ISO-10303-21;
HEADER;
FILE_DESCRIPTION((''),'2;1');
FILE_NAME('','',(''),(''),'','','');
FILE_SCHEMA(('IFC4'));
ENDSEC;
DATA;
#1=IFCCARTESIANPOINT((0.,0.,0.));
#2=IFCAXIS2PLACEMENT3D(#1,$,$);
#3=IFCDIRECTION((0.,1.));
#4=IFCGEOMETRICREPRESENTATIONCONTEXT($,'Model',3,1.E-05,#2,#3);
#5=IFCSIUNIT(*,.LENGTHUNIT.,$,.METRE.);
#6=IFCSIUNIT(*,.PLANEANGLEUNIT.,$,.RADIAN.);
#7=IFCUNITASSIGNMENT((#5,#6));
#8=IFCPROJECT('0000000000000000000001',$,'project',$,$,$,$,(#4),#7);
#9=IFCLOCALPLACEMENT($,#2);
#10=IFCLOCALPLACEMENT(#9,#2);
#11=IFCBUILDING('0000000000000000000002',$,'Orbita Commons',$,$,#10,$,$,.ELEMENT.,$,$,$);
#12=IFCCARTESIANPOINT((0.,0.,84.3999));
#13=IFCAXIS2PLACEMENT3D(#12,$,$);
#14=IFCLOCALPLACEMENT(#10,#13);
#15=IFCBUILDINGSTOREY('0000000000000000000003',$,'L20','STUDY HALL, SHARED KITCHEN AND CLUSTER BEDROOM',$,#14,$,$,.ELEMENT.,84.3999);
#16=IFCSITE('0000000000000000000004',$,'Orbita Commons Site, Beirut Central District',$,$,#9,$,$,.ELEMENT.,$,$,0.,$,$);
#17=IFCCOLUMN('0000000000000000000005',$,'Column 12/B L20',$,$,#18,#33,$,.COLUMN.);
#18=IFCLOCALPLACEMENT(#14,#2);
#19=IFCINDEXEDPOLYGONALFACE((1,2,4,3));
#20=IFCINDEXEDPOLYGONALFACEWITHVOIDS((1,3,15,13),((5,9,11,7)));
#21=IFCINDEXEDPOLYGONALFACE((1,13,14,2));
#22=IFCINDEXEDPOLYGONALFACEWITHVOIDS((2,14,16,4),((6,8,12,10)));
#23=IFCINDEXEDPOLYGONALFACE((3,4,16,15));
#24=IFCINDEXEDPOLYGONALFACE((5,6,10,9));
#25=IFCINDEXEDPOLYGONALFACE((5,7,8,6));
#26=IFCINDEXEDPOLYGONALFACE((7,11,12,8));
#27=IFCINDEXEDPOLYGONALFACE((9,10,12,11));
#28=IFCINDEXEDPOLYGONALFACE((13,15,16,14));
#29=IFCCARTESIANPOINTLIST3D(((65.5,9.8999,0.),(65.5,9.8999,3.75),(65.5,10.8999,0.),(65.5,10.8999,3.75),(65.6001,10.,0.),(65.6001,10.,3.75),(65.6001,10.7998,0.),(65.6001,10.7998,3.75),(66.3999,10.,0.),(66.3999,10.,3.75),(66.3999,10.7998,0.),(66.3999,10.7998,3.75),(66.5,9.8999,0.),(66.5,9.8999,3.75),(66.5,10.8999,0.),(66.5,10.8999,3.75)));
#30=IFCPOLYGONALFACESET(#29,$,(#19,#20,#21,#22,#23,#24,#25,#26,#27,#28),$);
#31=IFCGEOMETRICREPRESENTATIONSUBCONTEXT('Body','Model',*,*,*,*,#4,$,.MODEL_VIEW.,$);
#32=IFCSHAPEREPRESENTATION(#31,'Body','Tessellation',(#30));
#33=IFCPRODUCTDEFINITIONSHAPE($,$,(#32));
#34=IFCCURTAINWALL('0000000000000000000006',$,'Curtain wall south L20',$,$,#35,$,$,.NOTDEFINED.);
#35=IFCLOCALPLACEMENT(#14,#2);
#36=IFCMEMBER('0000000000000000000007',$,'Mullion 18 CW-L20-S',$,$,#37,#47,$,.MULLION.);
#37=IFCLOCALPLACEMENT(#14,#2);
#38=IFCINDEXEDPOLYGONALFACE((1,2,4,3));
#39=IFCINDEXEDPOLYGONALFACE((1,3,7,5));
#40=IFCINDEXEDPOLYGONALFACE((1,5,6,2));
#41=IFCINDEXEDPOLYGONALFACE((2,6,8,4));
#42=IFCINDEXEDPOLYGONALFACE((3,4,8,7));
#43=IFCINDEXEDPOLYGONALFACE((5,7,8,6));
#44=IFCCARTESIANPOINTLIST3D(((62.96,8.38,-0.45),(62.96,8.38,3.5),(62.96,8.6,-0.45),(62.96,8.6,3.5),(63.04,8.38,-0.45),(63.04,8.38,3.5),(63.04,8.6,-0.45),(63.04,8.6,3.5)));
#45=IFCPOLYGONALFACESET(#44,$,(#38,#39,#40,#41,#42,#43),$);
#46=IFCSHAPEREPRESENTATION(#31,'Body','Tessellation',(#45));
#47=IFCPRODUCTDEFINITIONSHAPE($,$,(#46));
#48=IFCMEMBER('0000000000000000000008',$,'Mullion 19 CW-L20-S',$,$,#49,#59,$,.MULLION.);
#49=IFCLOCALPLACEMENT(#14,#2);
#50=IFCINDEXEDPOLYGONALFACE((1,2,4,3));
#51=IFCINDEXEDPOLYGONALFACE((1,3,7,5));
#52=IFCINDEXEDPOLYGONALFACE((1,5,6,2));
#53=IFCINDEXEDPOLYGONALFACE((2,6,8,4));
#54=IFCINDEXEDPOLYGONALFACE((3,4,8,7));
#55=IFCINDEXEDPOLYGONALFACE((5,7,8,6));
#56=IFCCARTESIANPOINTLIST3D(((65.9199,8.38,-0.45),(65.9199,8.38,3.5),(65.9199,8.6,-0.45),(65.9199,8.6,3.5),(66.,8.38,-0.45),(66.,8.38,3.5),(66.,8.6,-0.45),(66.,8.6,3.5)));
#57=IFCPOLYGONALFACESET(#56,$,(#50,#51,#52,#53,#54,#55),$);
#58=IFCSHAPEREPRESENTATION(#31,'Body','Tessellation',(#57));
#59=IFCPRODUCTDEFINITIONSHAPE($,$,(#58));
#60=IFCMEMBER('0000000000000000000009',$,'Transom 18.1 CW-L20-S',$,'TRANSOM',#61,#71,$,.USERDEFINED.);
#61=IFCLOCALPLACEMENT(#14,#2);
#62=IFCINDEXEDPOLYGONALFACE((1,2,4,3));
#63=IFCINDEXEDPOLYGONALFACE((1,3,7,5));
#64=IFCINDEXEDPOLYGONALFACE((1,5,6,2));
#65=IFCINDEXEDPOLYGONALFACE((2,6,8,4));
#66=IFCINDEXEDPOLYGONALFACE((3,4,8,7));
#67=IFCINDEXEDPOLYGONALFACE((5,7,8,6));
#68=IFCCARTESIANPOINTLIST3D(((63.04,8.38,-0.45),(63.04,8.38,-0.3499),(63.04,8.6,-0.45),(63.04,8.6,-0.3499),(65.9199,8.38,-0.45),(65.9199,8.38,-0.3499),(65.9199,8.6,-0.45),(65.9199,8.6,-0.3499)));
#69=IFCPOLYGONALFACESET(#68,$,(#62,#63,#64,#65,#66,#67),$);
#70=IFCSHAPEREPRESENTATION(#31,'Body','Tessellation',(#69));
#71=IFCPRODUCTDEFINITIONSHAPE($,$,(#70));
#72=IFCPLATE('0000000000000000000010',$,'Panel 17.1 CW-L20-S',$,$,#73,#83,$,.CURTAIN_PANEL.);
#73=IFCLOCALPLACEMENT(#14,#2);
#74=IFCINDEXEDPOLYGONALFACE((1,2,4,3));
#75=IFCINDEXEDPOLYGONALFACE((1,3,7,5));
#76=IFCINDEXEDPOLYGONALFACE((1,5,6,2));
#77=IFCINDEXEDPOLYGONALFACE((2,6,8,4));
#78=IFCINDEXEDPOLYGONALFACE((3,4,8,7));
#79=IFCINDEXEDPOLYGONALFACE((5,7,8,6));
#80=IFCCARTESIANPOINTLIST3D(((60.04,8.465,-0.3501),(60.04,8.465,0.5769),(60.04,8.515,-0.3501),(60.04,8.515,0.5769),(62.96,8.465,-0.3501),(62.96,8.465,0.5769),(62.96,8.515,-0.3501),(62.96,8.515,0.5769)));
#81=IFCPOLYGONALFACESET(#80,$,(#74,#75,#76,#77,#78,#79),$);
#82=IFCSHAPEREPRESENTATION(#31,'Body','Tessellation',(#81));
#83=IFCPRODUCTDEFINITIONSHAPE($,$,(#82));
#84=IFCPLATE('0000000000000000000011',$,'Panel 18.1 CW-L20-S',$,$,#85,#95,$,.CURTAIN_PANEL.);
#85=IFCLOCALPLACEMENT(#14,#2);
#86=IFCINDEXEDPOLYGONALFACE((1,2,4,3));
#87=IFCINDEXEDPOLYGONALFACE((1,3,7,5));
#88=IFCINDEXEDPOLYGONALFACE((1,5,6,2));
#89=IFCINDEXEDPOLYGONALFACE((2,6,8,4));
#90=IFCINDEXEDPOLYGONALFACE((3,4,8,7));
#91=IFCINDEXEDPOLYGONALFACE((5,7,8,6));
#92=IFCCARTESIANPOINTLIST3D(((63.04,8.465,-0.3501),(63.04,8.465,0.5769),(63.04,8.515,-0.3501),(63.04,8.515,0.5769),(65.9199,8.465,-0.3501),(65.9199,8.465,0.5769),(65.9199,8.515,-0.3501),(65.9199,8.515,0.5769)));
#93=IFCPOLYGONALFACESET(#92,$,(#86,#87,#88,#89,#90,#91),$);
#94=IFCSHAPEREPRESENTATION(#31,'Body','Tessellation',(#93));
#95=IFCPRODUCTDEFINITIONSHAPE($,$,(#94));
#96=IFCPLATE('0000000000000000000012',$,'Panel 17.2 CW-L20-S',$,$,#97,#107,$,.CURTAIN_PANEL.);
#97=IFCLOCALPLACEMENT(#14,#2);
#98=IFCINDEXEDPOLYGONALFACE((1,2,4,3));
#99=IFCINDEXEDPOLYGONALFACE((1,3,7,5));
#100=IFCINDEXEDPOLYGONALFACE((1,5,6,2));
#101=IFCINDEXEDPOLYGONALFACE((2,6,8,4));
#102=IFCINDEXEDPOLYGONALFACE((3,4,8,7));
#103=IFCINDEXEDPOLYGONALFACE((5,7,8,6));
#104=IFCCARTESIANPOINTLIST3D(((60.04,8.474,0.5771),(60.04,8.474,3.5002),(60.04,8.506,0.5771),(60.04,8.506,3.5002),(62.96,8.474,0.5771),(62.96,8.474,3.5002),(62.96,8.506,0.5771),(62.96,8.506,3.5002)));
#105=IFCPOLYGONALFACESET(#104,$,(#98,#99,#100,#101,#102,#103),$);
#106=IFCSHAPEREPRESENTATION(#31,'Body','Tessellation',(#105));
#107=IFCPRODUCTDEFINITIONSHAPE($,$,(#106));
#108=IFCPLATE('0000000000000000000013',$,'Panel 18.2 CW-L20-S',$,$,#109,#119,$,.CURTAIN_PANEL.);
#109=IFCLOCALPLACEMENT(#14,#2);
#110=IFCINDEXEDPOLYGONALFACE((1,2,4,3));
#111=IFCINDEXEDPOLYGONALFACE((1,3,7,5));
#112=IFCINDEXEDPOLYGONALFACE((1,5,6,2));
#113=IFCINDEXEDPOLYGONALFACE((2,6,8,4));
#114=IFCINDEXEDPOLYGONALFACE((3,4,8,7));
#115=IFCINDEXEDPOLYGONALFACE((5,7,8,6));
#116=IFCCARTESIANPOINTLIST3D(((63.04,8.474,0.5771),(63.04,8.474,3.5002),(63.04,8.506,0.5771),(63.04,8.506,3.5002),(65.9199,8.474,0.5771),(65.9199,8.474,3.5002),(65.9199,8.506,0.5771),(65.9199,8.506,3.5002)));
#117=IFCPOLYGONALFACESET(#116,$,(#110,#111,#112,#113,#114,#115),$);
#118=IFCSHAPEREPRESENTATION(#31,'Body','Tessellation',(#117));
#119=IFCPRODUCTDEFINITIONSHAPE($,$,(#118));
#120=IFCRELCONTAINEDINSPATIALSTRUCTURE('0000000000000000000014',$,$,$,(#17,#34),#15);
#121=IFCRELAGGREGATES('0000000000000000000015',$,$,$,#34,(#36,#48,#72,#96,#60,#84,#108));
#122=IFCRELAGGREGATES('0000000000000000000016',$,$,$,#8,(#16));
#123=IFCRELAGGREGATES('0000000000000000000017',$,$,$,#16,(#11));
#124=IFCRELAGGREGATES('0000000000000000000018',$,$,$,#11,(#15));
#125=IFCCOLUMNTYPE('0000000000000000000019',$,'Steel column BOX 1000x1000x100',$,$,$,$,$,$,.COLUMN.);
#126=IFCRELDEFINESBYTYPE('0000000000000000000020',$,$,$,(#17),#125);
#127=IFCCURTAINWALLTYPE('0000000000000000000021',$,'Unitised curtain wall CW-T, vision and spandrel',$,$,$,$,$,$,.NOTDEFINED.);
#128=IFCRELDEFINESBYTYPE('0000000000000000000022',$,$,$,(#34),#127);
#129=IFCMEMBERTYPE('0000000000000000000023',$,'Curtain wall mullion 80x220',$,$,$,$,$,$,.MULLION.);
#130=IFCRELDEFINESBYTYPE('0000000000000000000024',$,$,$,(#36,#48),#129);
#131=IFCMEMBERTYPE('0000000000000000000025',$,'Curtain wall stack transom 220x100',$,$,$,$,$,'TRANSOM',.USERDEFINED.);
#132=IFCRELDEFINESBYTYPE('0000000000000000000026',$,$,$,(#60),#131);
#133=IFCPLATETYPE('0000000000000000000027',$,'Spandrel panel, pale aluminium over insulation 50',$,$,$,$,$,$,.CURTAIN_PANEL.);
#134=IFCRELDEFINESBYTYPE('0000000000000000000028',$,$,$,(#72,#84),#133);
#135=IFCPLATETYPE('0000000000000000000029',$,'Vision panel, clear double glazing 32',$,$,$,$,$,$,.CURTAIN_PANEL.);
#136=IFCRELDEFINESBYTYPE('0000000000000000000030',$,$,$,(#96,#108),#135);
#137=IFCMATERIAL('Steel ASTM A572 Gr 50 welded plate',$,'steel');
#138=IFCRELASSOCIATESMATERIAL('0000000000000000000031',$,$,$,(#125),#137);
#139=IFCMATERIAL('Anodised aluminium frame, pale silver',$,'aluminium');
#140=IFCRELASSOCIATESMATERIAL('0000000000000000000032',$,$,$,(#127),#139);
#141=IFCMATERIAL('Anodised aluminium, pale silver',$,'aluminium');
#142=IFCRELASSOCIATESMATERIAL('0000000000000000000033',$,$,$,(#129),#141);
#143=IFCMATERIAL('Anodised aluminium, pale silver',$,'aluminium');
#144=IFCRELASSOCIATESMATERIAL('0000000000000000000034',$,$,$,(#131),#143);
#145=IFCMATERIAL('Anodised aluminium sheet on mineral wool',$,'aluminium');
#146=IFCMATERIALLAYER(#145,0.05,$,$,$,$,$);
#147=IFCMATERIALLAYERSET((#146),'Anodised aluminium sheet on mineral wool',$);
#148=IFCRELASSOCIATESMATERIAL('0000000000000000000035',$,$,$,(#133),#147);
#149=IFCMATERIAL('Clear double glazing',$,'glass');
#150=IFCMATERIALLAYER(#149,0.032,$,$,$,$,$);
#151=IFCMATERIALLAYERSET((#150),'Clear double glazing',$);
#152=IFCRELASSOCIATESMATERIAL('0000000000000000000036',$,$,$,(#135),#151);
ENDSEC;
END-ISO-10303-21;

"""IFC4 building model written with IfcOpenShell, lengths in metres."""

from ifc_helpers import new_model, si_unit, direction, frame, origin, origin_2d, place, context, subcontext, project, spatial, rectangle, hollow_rectangle, extrude, material, layer, layer_set, material_profile, profile_set, type_object, element, aggregate, save


model = new_model("IFC4")

# Units and contexts
model_context = context("Model", 3, precision=1e-05, world=origin(), true_north=direction((0.0, 1.0)))
body_context = subcontext(model_context, "Body", "Model", "MODEL_VIEW")
ifc_project = project(units=[si_unit("LENGTHUNIT", "METRE"), si_unit("PLANEANGLEUNIT", "RADIAN")], contexts=[model_context])

# Site, building, storey
site_placement = place(None, origin())
site = spatial("IfcSite", under=ifc_project, at=site_placement, Name="Orbita Commons Site, Beirut Central District", CompositionType="ELEMENT", RefElevation=0.0)
building_placement = place(site_placement, origin())
building = spatial("IfcBuilding", under=site, at=building_placement, Name="Orbita Commons", CompositionType="ELEMENT")
storey_placement = place(building_placement, frame((0.0, 0.0, 84.3999)))
storey = spatial("IfcBuildingStorey", under=building, at=storey_placement, Name="L20", Description="STUDY HALL, SHARED KITCHEN AND CLUSTER BEDROOM", CompositionType="ELEMENT", Elevation=84.3999)

# Column
ifc_material_1 = material(Name="Steel ASTM A572 Gr 50 welded plate", Category="steel")
ifc_material_profile_1 = material_profile(ifc_material_1, hollow_rectangle(XDim=1.0, YDim=1.0, WallThickness=0.1001, at=origin_2d()), Name="BOX 1000x1000x100")
ifc_profile_set_1 = profile_set([ifc_material_profile_1], Name="Steel ASTM A572 Gr 50 welded plate")
column_type = type_object("IfcColumnType", Name="Steel column BOX 1000x1000x100", PredefinedType="COLUMN", material=ifc_profile_set_1)
column_placement = place(storey_placement, frame((66.0, 10.3999, 0.0), z_axis=(0.0, 0.0, 1.0), x_axis=(1.0, 0.0, 0.0)))
element("IfcColumn", 1, at=column_placement, inside=storey, type_object=column_type, Name="Column 12/B L20", PredefinedType="COLUMN", context=body_context, shape_type="SweptSolid", body=[
    extrude(hollow_rectangle(XDim=1.0, YDim=1.0, WallThickness=0.1001, at=origin_2d()), origin(), (0.0, 0.0, 1.0), 3.75),
])

# Curtain wall, members, plates
ifc_material_2 = material(Name="Anodised aluminium frame, pale silver", Category="aluminium")
curtain_wall_type = type_object("IfcCurtainWallType", Name="Unitised curtain wall CW-T, vision and spandrel", PredefinedType="NOTDEFINED", material=ifc_material_2)
curtain_wall_placement = place(storey_placement, origin())
curtain_wall = element("IfcCurtainWall", 2, at=curtain_wall_placement, inside=storey, type_object=curtain_wall_type, Name="Curtain wall south L20", PredefinedType="NOTDEFINED")
ifc_material_3 = material(Name="Anodised aluminium, pale silver", Category="aluminium")
ifc_material_profile_2 = material_profile(ifc_material_3, rectangle(XDim=0.0801, YDim=0.22, at=origin_2d()), Name="AL 80x220")
ifc_profile_set_2 = profile_set([ifc_material_profile_2], Name="Anodised aluminium, pale silver")
member_type_1 = type_object("IfcMemberType", Name="Curtain wall mullion 80x220", PredefinedType="MULLION", material=ifc_profile_set_2)
member_1_placement = place(storey_placement, frame((63.0, 8.49, -0.45), z_axis=(0.0, 0.0, 1.0), x_axis=(1.0, 0.0, 0.0)))
member_1 = element("IfcMember", 3, at=member_1_placement, type_object=member_type_1, Name="Mullion 18 CW-L20-S", PredefinedType="MULLION", context=body_context, shape_type="SweptSolid", body=[
    extrude(rectangle(XDim=0.0801, YDim=0.22, at=origin_2d()), origin(), (0.0, 0.0, 1.0), 3.95),
])
member_2_placement = place(storey_placement, frame((65.96, 8.49, -0.45), z_axis=(0.0, 0.0, 1.0), x_axis=(1.0, 0.0, 0.0)))
member_2 = element("IfcMember", 4, at=member_2_placement, type_object=member_type_1, Name="Mullion 19 CW-L20-S", PredefinedType="MULLION", context=body_context, shape_type="SweptSolid", body=[
    extrude(rectangle(XDim=0.0801, YDim=0.22, at=origin_2d()), origin(), (0.0, 0.0, 1.0), 3.95),
])
ifc_material_4 = material(Name="Anodised aluminium, pale silver", Category="aluminium")
ifc_material_profile_3 = material_profile(ifc_material_4, rectangle(XDim=0.22, YDim=0.1001, at=origin_2d()), Name="AL 220x100")
ifc_profile_set_3 = profile_set([ifc_material_profile_3], Name="Anodised aluminium, pale silver")
member_type_2 = type_object("IfcMemberType", Name="Curtain wall stack transom 220x100", ElementType="TRANSOM", PredefinedType="USERDEFINED", material=ifc_profile_set_3)
member_3_placement = place(storey_placement, frame((63.04, 8.49, -0.3999), z_axis=(1.0, 0.0, 0.0), x_axis=(0.0, 1.0, 0.0)))
member_3 = element("IfcMember", 5, at=member_3_placement, type_object=member_type_2, Name="Transom 18.1 CW-L20-S", ObjectType="TRANSOM", PredefinedType="USERDEFINED", context=body_context, shape_type="SweptSolid", body=[
    extrude(rectangle(XDim=0.22, YDim=0.1001, at=origin_2d()), origin(), (0.0, 0.0, 1.0), 2.8799),
])
ifc_material_5 = material(Name="Anodised aluminium sheet on mineral wool", Category="aluminium")
ifc_layer_1 = layer(ifc_material_5, 0.05)
ifc_layer_set_1 = layer_set([ifc_layer_1], Name="Anodised aluminium sheet on mineral wool")
plate_type_1 = type_object("IfcPlateType", Name="Spandrel panel, pale aluminium over insulation 50", PredefinedType="CURTAIN_PANEL", material=ifc_layer_set_1)
plate_1_placement = place(storey_placement, frame((61.5, 8.49, -0.3501), z_axis=(0.0, 0.0, 1.0), x_axis=(1.0, 0.0, 0.0)))
plate_1 = element("IfcPlate", 6, at=plate_1_placement, type_object=plate_type_1, Name="Panel 17.1 CW-L20-S", PredefinedType="CURTAIN_PANEL", context=body_context, shape_type="SweptSolid", body=[
    extrude(rectangle(XDim=2.9199, YDim=0.05, at=origin_2d()), origin(), (0.0, 0.0, 1.0), 0.927),
])
plate_2_placement = place(storey_placement, frame((64.48, 8.49, -0.3501), z_axis=(0.0, 0.0, 1.0), x_axis=(1.0, 0.0, 0.0)))
plate_2 = element("IfcPlate", 7, at=plate_2_placement, type_object=plate_type_1, Name="Panel 18.1 CW-L20-S", PredefinedType="CURTAIN_PANEL", context=body_context, shape_type="SweptSolid", body=[
    extrude(rectangle(XDim=2.8799, YDim=0.05, at=origin_2d()), origin(), (0.0, 0.0, 1.0), 0.927),
])
ifc_material_6 = material(Name="Clear double glazing", Category="glass")
ifc_layer_2 = layer(ifc_material_6, 0.032)
ifc_layer_set_2 = layer_set([ifc_layer_2], Name="Clear double glazing")
plate_type_2 = type_object("IfcPlateType", Name="Vision panel, clear double glazing 32", PredefinedType="CURTAIN_PANEL", material=ifc_layer_set_2)
plate_3_placement = place(storey_placement, frame((61.5, 8.49, 0.5771), z_axis=(0.0, 0.0, 1.0), x_axis=(1.0, 0.0, 0.0)))
plate_3 = element("IfcPlate", 8, at=plate_3_placement, type_object=plate_type_2, Name="Panel 17.2 CW-L20-S", PredefinedType="CURTAIN_PANEL", context=body_context, shape_type="SweptSolid", body=[
    extrude(rectangle(XDim=2.9199, YDim=0.032, at=origin_2d()), origin(), (0.0, 0.0, 1.0), 2.9231),
])
plate_4_placement = place(storey_placement, frame((64.48, 8.49, 0.5771), z_axis=(0.0, 0.0, 1.0), x_axis=(1.0, 0.0, 0.0)))
plate_4 = element("IfcPlate", 9, at=plate_4_placement, type_object=plate_type_2, Name="Panel 18.2 CW-L20-S", PredefinedType="CURTAIN_PANEL", context=body_context, shape_type="SweptSolid", body=[
    extrude(rectangle(XDim=2.8799, YDim=0.032, at=origin_2d()), origin(), (0.0, 0.0, 1.0), 2.9231),
])
aggregate(curtain_wall, [member_1, member_2, plate_1, plate_3, member_3, plate_2, plate_4])

save(model, "model.ifc")
